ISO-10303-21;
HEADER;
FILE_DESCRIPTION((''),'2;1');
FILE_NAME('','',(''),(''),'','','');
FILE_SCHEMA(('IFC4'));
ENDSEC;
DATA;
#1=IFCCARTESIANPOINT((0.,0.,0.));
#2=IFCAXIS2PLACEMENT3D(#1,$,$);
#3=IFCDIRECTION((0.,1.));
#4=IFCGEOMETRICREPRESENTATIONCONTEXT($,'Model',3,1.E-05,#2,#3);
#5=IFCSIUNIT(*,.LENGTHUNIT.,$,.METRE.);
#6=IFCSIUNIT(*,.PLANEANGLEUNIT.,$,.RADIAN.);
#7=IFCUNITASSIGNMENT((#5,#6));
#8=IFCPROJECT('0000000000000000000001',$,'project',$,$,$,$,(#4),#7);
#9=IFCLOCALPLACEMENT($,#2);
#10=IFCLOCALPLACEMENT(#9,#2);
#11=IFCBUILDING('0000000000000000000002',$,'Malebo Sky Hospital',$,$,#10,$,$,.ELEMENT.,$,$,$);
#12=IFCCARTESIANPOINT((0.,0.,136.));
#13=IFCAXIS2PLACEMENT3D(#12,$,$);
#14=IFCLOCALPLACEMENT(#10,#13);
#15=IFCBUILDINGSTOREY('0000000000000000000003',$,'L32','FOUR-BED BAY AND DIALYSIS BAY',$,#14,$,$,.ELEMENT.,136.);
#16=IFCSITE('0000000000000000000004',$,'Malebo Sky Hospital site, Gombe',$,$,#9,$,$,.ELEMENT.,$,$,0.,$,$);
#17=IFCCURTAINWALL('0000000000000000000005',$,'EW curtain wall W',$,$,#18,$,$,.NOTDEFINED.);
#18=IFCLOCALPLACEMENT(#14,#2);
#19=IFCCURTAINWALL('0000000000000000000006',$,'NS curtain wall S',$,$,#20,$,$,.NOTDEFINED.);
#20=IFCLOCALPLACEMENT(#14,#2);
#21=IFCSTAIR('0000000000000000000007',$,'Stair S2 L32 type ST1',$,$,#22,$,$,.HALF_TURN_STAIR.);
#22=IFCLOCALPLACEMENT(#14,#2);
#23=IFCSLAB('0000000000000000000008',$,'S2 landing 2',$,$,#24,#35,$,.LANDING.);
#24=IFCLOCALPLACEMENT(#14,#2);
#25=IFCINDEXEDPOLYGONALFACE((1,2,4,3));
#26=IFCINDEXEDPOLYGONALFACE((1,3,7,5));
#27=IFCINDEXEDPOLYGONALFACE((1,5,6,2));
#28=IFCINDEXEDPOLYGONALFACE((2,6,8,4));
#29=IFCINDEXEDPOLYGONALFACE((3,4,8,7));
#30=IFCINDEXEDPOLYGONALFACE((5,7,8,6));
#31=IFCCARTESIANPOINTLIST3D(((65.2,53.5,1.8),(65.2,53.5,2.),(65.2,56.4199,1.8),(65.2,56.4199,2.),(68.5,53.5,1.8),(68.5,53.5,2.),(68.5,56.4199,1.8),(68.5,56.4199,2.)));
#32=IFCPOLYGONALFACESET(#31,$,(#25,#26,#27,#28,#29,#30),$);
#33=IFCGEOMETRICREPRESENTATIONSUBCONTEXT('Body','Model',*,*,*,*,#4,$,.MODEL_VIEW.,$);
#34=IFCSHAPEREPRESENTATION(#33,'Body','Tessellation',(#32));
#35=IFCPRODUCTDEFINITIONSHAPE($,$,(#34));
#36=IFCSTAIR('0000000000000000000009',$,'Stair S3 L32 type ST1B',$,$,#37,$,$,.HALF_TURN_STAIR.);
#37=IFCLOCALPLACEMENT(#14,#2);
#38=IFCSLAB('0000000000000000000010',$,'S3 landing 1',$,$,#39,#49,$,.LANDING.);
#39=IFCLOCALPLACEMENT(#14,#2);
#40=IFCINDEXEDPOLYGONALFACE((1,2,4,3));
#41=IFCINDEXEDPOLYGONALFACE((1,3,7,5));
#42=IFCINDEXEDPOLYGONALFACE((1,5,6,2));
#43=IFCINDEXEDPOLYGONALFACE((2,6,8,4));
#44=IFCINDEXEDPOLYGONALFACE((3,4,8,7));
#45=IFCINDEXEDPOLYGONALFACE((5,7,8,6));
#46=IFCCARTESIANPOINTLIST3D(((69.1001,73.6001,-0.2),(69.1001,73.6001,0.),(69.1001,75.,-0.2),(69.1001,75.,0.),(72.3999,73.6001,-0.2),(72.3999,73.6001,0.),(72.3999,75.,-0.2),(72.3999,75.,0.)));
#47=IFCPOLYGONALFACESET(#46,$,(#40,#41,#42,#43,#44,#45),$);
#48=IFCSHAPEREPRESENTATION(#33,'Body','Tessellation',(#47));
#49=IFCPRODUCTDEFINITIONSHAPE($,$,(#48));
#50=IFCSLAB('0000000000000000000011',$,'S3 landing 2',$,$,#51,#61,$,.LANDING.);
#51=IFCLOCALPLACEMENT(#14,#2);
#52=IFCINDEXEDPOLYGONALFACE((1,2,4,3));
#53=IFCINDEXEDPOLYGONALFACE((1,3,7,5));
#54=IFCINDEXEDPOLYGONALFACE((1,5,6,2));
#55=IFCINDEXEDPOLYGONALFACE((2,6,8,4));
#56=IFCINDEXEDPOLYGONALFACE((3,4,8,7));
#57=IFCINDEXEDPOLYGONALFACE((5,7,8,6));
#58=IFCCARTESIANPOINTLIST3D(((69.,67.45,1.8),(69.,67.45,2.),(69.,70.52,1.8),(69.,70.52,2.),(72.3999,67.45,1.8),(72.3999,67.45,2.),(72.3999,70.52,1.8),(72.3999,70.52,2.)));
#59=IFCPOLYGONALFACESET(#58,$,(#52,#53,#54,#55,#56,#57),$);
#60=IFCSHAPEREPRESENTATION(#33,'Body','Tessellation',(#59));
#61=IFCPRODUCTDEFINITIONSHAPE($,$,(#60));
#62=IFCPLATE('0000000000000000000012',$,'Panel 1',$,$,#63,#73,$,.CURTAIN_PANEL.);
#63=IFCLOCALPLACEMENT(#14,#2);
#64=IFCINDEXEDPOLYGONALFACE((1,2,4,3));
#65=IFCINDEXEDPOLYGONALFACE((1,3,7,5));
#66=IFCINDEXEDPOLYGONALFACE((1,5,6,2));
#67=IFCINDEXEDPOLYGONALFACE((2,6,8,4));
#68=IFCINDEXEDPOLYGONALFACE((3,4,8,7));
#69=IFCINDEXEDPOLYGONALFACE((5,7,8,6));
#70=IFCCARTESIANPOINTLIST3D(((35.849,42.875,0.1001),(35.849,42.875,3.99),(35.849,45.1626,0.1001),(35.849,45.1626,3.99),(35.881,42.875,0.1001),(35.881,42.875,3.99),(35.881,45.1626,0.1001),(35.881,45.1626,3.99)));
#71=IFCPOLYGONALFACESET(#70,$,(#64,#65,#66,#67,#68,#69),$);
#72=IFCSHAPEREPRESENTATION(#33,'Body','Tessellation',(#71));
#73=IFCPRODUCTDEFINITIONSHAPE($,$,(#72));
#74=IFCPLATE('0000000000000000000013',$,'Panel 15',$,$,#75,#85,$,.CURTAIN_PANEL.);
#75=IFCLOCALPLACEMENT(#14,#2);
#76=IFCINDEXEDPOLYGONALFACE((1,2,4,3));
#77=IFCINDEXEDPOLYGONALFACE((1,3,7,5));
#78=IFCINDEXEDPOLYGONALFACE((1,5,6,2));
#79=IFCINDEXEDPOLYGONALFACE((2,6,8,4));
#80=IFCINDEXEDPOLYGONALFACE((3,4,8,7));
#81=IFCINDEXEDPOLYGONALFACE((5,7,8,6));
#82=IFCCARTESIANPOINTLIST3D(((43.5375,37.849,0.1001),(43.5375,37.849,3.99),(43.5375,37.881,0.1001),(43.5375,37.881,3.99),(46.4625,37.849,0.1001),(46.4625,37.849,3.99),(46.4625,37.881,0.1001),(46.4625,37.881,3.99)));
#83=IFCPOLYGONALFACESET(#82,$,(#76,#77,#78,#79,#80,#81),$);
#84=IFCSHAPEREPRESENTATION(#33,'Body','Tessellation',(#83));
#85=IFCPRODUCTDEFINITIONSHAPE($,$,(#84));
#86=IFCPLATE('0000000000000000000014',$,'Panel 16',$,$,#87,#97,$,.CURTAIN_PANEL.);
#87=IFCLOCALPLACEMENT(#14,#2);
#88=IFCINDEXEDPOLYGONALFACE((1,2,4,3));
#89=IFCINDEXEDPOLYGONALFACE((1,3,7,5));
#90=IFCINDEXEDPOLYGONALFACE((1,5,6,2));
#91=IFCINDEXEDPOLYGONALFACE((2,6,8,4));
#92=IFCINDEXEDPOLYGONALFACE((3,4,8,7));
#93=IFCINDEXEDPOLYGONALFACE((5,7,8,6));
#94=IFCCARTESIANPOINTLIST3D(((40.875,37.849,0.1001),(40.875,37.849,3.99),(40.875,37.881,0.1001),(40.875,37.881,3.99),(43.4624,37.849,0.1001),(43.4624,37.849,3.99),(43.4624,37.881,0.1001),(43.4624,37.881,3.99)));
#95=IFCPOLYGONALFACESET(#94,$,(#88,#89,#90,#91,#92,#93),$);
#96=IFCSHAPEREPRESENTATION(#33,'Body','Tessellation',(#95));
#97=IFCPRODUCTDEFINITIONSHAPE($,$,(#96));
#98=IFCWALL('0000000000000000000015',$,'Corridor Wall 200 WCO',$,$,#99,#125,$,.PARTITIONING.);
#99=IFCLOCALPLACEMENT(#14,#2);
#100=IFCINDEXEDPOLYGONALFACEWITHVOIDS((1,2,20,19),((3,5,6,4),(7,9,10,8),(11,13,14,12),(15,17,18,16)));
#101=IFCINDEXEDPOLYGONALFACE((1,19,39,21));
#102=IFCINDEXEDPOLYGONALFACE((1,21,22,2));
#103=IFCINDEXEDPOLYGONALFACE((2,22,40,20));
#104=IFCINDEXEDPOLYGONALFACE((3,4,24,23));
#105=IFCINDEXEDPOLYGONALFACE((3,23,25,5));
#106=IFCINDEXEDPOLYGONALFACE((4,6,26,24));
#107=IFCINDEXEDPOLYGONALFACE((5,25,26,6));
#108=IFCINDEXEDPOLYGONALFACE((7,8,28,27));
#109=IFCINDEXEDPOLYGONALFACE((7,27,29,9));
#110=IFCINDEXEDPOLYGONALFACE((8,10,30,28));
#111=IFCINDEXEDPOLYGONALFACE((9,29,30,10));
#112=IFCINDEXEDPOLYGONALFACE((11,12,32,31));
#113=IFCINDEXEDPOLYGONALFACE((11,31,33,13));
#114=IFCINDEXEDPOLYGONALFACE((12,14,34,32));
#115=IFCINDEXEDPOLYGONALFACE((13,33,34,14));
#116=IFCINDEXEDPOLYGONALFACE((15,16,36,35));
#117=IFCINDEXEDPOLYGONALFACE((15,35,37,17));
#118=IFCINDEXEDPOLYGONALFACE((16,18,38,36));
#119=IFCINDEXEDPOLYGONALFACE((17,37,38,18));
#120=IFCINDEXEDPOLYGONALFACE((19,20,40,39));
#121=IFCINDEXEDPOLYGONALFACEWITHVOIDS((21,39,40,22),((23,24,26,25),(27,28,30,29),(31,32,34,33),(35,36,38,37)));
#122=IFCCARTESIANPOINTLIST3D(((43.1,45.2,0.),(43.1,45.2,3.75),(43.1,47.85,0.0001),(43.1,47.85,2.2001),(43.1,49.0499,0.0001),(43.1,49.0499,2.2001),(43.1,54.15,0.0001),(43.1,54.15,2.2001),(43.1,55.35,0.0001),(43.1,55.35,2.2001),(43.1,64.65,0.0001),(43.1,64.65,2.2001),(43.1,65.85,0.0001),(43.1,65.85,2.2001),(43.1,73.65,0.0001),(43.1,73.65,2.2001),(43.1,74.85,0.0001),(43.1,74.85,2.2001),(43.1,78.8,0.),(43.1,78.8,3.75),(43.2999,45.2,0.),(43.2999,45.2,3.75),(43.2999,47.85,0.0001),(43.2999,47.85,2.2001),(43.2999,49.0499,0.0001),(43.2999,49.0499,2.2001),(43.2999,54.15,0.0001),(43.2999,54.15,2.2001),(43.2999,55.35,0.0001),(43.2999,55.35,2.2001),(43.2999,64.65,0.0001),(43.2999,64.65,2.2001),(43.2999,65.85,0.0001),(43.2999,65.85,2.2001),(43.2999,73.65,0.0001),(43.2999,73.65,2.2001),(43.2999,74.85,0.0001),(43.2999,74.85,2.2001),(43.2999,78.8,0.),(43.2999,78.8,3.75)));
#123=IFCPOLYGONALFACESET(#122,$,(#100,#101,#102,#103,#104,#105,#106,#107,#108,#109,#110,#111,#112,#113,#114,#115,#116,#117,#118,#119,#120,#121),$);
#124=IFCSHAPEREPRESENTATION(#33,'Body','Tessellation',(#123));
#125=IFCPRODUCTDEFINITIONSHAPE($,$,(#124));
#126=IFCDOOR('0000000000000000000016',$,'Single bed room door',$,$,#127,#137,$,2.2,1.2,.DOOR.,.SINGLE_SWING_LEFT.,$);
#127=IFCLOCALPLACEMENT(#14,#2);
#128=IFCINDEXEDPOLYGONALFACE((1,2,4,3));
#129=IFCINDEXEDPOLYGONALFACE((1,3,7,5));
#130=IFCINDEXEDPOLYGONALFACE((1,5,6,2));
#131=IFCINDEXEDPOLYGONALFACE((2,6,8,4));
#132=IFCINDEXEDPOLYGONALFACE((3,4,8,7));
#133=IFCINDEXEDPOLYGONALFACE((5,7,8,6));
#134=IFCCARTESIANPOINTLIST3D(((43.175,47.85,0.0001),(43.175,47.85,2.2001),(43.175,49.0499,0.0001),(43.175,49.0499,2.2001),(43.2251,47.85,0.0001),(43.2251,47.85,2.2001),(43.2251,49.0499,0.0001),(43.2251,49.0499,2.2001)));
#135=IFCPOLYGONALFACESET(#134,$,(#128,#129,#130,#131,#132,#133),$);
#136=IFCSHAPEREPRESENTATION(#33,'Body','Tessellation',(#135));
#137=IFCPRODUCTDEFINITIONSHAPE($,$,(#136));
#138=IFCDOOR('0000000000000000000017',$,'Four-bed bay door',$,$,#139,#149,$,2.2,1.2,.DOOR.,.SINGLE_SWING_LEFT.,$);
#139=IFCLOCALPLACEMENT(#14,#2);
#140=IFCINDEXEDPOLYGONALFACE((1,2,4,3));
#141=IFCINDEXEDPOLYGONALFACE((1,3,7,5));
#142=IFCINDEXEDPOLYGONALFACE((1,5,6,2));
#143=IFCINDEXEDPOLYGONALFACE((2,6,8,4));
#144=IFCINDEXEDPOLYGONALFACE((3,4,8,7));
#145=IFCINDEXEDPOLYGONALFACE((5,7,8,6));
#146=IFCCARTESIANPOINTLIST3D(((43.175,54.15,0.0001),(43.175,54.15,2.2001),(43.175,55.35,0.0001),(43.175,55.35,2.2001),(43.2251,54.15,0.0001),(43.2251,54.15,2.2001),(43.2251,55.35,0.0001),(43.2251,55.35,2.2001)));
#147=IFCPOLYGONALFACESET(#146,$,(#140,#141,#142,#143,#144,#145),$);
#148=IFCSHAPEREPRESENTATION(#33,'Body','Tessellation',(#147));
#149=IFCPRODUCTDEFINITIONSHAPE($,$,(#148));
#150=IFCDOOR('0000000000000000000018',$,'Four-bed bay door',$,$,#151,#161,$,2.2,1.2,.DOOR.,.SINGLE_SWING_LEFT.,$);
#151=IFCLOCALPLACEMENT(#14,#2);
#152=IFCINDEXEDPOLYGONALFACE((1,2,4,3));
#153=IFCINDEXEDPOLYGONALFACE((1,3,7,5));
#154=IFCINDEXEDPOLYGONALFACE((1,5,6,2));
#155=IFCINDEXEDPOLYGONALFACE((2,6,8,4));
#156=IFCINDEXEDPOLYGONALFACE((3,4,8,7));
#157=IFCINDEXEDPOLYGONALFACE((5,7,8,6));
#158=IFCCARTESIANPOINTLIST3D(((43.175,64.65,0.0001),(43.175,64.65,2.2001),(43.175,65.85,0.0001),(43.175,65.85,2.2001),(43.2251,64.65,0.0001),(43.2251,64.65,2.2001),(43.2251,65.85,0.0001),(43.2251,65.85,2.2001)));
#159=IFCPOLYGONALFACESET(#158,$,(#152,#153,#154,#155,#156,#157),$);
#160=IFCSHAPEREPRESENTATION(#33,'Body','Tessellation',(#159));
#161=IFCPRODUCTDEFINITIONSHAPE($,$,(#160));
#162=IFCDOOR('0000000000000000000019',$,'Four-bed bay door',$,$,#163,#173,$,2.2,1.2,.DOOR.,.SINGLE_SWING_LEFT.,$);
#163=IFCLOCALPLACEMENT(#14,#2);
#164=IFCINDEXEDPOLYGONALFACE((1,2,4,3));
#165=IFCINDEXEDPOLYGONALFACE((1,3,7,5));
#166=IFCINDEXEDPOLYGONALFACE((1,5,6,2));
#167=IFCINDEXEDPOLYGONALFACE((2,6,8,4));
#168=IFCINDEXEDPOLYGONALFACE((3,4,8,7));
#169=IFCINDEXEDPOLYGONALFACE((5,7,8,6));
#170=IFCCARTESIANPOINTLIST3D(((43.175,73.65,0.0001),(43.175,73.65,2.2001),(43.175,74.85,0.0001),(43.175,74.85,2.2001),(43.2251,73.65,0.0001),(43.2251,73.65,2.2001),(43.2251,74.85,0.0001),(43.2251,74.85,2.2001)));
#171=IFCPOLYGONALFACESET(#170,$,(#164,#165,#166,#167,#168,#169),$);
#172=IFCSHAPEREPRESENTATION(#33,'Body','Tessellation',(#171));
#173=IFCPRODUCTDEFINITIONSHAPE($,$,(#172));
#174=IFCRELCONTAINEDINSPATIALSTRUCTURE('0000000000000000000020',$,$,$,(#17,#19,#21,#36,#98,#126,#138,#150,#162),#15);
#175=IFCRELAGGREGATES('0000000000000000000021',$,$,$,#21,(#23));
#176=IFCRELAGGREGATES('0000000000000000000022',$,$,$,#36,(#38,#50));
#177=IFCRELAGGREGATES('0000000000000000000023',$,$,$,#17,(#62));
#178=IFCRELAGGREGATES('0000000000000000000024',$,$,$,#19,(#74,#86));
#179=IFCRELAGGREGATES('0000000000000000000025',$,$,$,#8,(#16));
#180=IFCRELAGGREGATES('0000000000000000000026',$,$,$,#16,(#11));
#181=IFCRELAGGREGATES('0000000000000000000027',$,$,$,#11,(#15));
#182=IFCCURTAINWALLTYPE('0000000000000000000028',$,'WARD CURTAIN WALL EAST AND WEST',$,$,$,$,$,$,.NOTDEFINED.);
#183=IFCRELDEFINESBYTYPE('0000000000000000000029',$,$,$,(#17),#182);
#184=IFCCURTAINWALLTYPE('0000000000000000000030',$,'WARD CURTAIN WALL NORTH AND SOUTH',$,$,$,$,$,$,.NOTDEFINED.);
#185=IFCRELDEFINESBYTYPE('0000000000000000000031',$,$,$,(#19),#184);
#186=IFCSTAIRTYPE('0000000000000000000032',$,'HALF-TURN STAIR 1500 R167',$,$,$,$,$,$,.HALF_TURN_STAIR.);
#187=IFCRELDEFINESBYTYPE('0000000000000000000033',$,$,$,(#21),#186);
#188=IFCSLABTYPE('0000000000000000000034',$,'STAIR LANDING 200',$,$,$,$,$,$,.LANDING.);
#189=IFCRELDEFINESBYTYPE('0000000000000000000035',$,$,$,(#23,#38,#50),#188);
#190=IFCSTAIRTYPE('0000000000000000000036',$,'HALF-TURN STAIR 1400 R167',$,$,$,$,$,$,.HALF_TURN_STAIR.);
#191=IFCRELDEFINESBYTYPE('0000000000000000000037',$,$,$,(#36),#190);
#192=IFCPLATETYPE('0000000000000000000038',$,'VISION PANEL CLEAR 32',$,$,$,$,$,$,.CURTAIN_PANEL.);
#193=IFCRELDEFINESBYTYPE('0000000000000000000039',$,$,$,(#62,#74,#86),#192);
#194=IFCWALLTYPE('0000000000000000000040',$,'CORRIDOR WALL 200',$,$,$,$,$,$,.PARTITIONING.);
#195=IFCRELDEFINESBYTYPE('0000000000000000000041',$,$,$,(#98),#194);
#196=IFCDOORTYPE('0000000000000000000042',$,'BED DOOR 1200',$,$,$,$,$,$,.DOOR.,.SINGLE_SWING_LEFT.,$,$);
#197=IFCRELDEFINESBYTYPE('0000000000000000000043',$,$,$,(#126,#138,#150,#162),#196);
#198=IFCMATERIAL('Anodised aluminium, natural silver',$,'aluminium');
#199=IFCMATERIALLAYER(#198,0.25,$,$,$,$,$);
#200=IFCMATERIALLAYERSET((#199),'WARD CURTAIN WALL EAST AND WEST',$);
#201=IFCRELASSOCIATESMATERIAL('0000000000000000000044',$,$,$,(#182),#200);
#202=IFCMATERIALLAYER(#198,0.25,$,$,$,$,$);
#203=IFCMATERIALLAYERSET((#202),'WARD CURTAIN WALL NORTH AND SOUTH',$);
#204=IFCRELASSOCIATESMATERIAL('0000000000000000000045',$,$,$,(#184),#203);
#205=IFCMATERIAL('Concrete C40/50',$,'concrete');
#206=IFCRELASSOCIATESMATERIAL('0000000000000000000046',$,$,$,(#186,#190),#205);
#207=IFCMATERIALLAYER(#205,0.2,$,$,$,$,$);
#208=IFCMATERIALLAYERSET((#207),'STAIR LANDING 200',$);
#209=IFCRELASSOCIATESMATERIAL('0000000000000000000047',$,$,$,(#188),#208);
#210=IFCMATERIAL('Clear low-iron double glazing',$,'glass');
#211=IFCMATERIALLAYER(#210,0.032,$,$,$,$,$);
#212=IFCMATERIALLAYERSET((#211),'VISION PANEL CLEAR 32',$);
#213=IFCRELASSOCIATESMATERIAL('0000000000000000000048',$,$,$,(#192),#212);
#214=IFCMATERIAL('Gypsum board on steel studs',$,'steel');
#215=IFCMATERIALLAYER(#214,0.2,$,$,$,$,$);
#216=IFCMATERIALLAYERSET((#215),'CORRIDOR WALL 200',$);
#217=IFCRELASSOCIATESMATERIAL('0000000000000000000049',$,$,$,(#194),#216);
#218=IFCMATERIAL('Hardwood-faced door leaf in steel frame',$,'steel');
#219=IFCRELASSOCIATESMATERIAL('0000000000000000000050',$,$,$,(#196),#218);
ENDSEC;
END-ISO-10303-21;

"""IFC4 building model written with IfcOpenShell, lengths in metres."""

from ifc_helpers import new_model, si_unit, direction, frame, frame_2d, origin, origin_2d, place, context, subcontext, project, spatial, polyline, rectangle, outline, extrude, material, layer, layer_set, type_object, element, fill, aggregate, save


model = new_model("IFC4")

# Units and contexts
model_context = context("Model", 3, precision=1e-05, world=origin(), true_north=direction((0.0, 1.0)))
body_context = subcontext(model_context, "Body", "Model", "MODEL_VIEW")
ifc_project = project(units=[si_unit("LENGTHUNIT", "METRE"), si_unit("PLANEANGLEUNIT", "RADIAN")], contexts=[model_context])

# Site, building, storey
site_placement = place(None, origin())
site = spatial("IfcSite", under=ifc_project, at=site_placement, Name="Malebo Sky Hospital site, Gombe", CompositionType="ELEMENT", RefElevation=0.0)
building_placement = place(site_placement, origin())
building = spatial("IfcBuilding", under=site, at=building_placement, Name="Malebo Sky Hospital", CompositionType="ELEMENT")
storey_placement = place(building_placement, frame((0.0, 0.0, 136.0)))
storey = spatial("IfcBuildingStorey", under=building, at=storey_placement, Name="L32", Description="FOUR-BED BAY AND DIALYSIS BAY", CompositionType="ELEMENT", Elevation=136.0)

# Curtain wall
ifc_material_1 = material(Name="Anodised aluminium, natural silver", Category="aluminium")
ifc_layer_1 = layer(ifc_material_1, 0.25)
ifc_layer_set_1 = layer_set([ifc_layer_1], Name="WARD CURTAIN WALL EAST AND WEST")
curtain_wall_type_1 = type_object("IfcCurtainWallType", Name="WARD CURTAIN WALL EAST AND WEST", PredefinedType="NOTDEFINED", material=ifc_layer_set_1)
curtain_wall_1_placement = place(storey_placement, origin())
curtain_wall_1 = element("IfcCurtainWall", 1, at=curtain_wall_1_placement, inside=storey, type_object=curtain_wall_type_1, Name="EW curtain wall W", PredefinedType="NOTDEFINED")

# Curtain wall
ifc_layer_2 = layer(ifc_material_1, 0.25)
ifc_layer_set_2 = layer_set([ifc_layer_2], Name="WARD CURTAIN WALL NORTH AND SOUTH")
curtain_wall_type_2 = type_object("IfcCurtainWallType", Name="WARD CURTAIN WALL NORTH AND SOUTH", PredefinedType="NOTDEFINED", material=ifc_layer_set_2)
curtain_wall_2_placement = place(storey_placement, origin())
curtain_wall_2 = element("IfcCurtainWall", 2, at=curtain_wall_2_placement, inside=storey, type_object=curtain_wall_type_2, Name="NS curtain wall S", PredefinedType="NOTDEFINED")

# Shared definitions
ifc_material_2 = material(Name="Concrete C40/50", Category="concrete")

# Stairs, slabs
stair_type_1 = type_object("IfcStairType", Name="HALF-TURN STAIR 1500 R167", PredefinedType="HALF_TURN_STAIR", material=ifc_material_2)
ifc_layer_3 = layer(ifc_material_2, 0.2)
ifc_layer_set_3 = layer_set([ifc_layer_3], Name="STAIR LANDING 200")
slab_type_1 = type_object("IfcSlabType", Name="STAIR LANDING 200", PredefinedType="LANDING", material=ifc_layer_set_3)
stair_1_placement = place(storey_placement, origin())
stair_1 = element("IfcStair", 3, at=stair_1_placement, inside=storey, type_object=stair_type_1, Name="Stair S2 L32 type ST1", PredefinedType="HALF_TURN_STAIR")
slab_1_placement = place(storey_placement, frame((0.0, 0.0, 1.8)))
slab_1 = element("IfcSlab", 4, at=slab_1_placement, type_object=slab_type_1, Name="S2 landing 2", PredefinedType="LANDING", context=body_context, shape_type="SweptSolid", body=[
    extrude(outline(polyline([(65.2, 53.5), (68.5, 53.5), (68.5, 56.4199), (65.2, 56.4199), (65.2, 53.5)])), origin(), (0.0, 0.0, 1.0), 0.2),
])
aggregate(stair_1, [slab_1])
stair_type_2 = type_object("IfcStairType", Name="HALF-TURN STAIR 1400 R167", PredefinedType="HALF_TURN_STAIR", material=ifc_material_2)
stair_2_placement = place(storey_placement, origin())
stair_2 = element("IfcStair", 5, at=stair_2_placement, inside=storey, type_object=stair_type_2, Name="Stair S3 L32 type ST1B", PredefinedType="HALF_TURN_STAIR")
slab_2_placement = place(storey_placement, frame((0.0, 0.0, -0.2)))
slab_2 = element("IfcSlab", 6, at=slab_2_placement, type_object=slab_type_1, Name="S3 landing 1", PredefinedType="LANDING", context=body_context, shape_type="SweptSolid", body=[
    extrude(outline(polyline([(69.1001, 73.6001), (72.3999, 73.6001), (72.3999, 75.0), (69.1001, 75.0), (69.1001, 73.6001)])), origin(), (0.0, 0.0, 1.0), 0.2),
])
slab_3_placement = place(storey_placement, frame((0.0, 0.0, 1.8)))
slab_3 = element("IfcSlab", 7, at=slab_3_placement, type_object=slab_type_1, Name="S3 landing 2", PredefinedType="LANDING", context=body_context, shape_type="SweptSolid", body=[
    extrude(outline(polyline([(69.0, 67.45), (72.3999, 67.45), (72.3999, 70.52), (69.0, 70.52), (69.0, 67.45)])), origin(), (0.0, 0.0, 1.0), 0.2),
])
aggregate(stair_2, [slab_2, slab_3])

# Plates
ifc_material_3 = material(Name="Clear low-iron double glazing", Category="glass")
ifc_layer_4 = layer(ifc_material_3, 0.032)
ifc_layer_set_4 = layer_set([ifc_layer_4], Name="VISION PANEL CLEAR 32")
plate_type = type_object("IfcPlateType", Name="VISION PANEL CLEAR 32", PredefinedType="CURTAIN_PANEL", material=ifc_layer_set_4)
plate_1_placement = place(storey_placement, frame((35.865, 44.0188, 0.1001), z_axis=(0.0, 0.0, 1.0), x_axis=(0.0, 1.0, 0.0)))
plate_1 = element("IfcPlate", 8, at=plate_1_placement, type_object=plate_type, Name="Panel 1", PredefinedType="CURTAIN_PANEL", context=body_context, shape_type="SweptSolid", body=[
    extrude(rectangle(XDim=2.2876, YDim=0.032, at=origin_2d()), origin(), (0.0, 0.0, 1.0), 3.8899),
])
aggregate(curtain_wall_1, [plate_1])
plate_2_placement = place(storey_placement, frame((45.0, 37.865, 0.1001), z_axis=(0.0, 0.0, 1.0), x_axis=(-1.0, 0.0, 0.0)))
plate_2 = element("IfcPlate", 9, at=plate_2_placement, type_object=plate_type, Name="Panel 15", PredefinedType="CURTAIN_PANEL", context=body_context, shape_type="SweptSolid", body=[
    extrude(rectangle(XDim=2.925, YDim=0.032, at=origin_2d()), origin(), (0.0, 0.0, 1.0), 3.8899),
])
plate_3_placement = place(storey_placement, frame((42.1687, 37.865, 0.1001), z_axis=(0.0, 0.0, 1.0), x_axis=(-1.0, 0.0, 0.0)))
plate_3 = element("IfcPlate", 10, at=plate_3_placement, type_object=plate_type, Name="Panel 16", PredefinedType="CURTAIN_PANEL", context=body_context, shape_type="SweptSolid", body=[
    extrude(rectangle(XDim=2.5874, YDim=0.032, at=origin_2d()), origin(), (0.0, 0.0, 1.0), 3.8899),
])
aggregate(curtain_wall_2, [plate_2, plate_3])

# Wall, openings, doors
ifc_material_4 = material(Name="Gypsum board on steel studs", Category="steel")
ifc_layer_5 = layer(ifc_material_4, 0.2)
ifc_layer_set_5 = layer_set([ifc_layer_5], Name="CORRIDOR WALL 200")
wall_type_1 = type_object("IfcWallType", Name="CORRIDOR WALL 200", PredefinedType="PARTITIONING", material=ifc_layer_set_5)
wall_1_placement = place(storey_placement, frame((43.2, 45.2, 0.0), z_axis=(0.0, 0.0, 1.0), x_axis=(0.0, 1.0, 0.0)))
wall_1 = element("IfcWall", 11, at=wall_1_placement, inside=storey, type_object=wall_type_1, Name="Corridor Wall 200 WCO", PredefinedType="PARTITIONING", context=body_context, shape_type="SweptSolid", body=[
    extrude(rectangle(XDim=33.6001, YDim=0.2, at=frame_2d((16.8, 0.0))), origin(), (0.0, 0.0, 1.0), 3.75),
])
opening_1_placement = place(wall_1_placement, frame((2.6499, 0.0, 0.0)))
opening_1 = element("IfcOpeningElement", 12, at=opening_1_placement, cuts=wall_1, PredefinedType="OPENING", context=body_context, shape_type="SweptSolid", body=[
    extrude(rectangle(XDim=1.2, YDim=2.2, at=frame_2d((0.6001, 1.1001))), frame((0.0, 0.1099, 0.0), z_axis=(0.0, -1.0, 0.0), x_axis=(1.0, 0.0, 0.0)), (0.0, 0.0, 1.0), 0.22),
])
opening_2_placement = place(wall_1_placement, frame((8.95, 0.0, 0.0)))
opening_2 = element("IfcOpeningElement", 13, at=opening_2_placement, cuts=wall_1, PredefinedType="OPENING", context=body_context, shape_type="SweptSolid", body=[
    extrude(rectangle(XDim=1.2, YDim=2.2, at=frame_2d((0.6001, 1.1001))), frame((0.0, 0.1099, 0.0), z_axis=(0.0, -1.0, 0.0), x_axis=(1.0, 0.0, 0.0)), (0.0, 0.0, 1.0), 0.22),
])
opening_3_placement = place(wall_1_placement, frame((19.45, 0.0, 0.0)))
opening_3 = element("IfcOpeningElement", 14, at=opening_3_placement, cuts=wall_1, PredefinedType="OPENING", context=body_context, shape_type="SweptSolid", body=[
    extrude(rectangle(XDim=1.2, YDim=2.2, at=frame_2d((0.6001, 1.1001))), frame((0.0, 0.1099, 0.0), z_axis=(0.0, -1.0, 0.0), x_axis=(1.0, 0.0, 0.0)), (0.0, 0.0, 1.0), 0.22),
])
opening_4_placement = place(wall_1_placement, frame((28.45, 0.0, 0.0)))
opening_4 = element("IfcOpeningElement", 15, at=opening_4_placement, cuts=wall_1, PredefinedType="OPENING", context=body_context, shape_type="SweptSolid", body=[
    extrude(rectangle(XDim=1.2, YDim=2.2, at=frame_2d((0.6001, 1.1001))), frame((0.0, 0.1099, 0.0), z_axis=(0.0, -1.0, 0.0), x_axis=(1.0, 0.0, 0.0)), (0.0, 0.0, 1.0), 0.22),
])
ifc_material_5 = material(Name="Hardwood-faced door leaf in steel frame", Category="steel")
door_type_1 = type_object("IfcDoorType", Name="BED DOOR 1200", OperationType="SINGLE_SWING_LEFT", PredefinedType="DOOR", material=ifc_material_5)
door_1_placement = place(opening_1_placement, origin())
door_1 = element("IfcDoor", 16, at=door_1_placement, inside=storey, type_object=door_type_1, Name="Single bed room door", OperationType="SINGLE_SWING_LEFT", OverallHeight=2.2, OverallWidth=1.2, PredefinedType="DOOR", context=body_context, shape_type="SweptSolid", body=[
    extrude(rectangle(XDim=1.2, YDim=2.2, at=frame_2d((0.6001, 1.1001))), frame((0.0, 0.0249, 0.0), z_axis=(0.0, -1.0, 0.0), x_axis=(1.0, 0.0, 0.0)), (0.0, 0.0, 1.0), 0.05),
])
fill(opening_1, door_1)
door_2_placement = place(opening_2_placement, origin())
door_2 = element("IfcDoor", 17, at=door_2_placement, inside=storey, type_object=door_type_1, Name="Four-bed bay door", OperationType="SINGLE_SWING_LEFT", OverallHeight=2.2, OverallWidth=1.2, PredefinedType="DOOR", context=body_context, shape_type="SweptSolid", body=[
    extrude(rectangle(XDim=1.2, YDim=2.2, at=frame_2d((0.6001, 1.1001))), frame((0.0, 0.0249, 0.0), z_axis=(0.0, -1.0, 0.0), x_axis=(1.0, 0.0, 0.0)), (0.0, 0.0, 1.0), 0.05),
])
fill(opening_2, door_2)
door_3_placement = place(opening_3_placement, origin())
door_3 = element("IfcDoor", 18, at=door_3_placement, inside=storey, type_object=door_type_1, Name="Four-bed bay door", OperationType="SINGLE_SWING_LEFT", OverallHeight=2.2, OverallWidth=1.2, PredefinedType="DOOR", context=body_context, shape_type="SweptSolid", body=[
    extrude(rectangle(XDim=1.2, YDim=2.2, at=frame_2d((0.6001, 1.1001))), frame((0.0, 0.0249, 0.0), z_axis=(0.0, -1.0, 0.0), x_axis=(1.0, 0.0, 0.0)), (0.0, 0.0, 1.0), 0.05),
])
fill(opening_3, door_3)
door_4_placement = place(opening_4_placement, origin())
door_4 = element("IfcDoor", 19, at=door_4_placement, inside=storey, type_object=door_type_1, Name="Four-bed bay door", OperationType="SINGLE_SWING_LEFT", OverallHeight=2.2, OverallWidth=1.2, PredefinedType="DOOR", context=body_context, shape_type="SweptSolid", body=[
    extrude(rectangle(XDim=1.2, YDim=2.2, at=frame_2d((0.6001, 1.1001))), frame((0.0, 0.0249, 0.0), z_axis=(0.0, -1.0, 0.0), x_axis=(1.0, 0.0, 0.0)), (0.0, 0.0, 1.0), 0.05),
])
fill(opening_4, door_4)

save(model, "model.ifc")
